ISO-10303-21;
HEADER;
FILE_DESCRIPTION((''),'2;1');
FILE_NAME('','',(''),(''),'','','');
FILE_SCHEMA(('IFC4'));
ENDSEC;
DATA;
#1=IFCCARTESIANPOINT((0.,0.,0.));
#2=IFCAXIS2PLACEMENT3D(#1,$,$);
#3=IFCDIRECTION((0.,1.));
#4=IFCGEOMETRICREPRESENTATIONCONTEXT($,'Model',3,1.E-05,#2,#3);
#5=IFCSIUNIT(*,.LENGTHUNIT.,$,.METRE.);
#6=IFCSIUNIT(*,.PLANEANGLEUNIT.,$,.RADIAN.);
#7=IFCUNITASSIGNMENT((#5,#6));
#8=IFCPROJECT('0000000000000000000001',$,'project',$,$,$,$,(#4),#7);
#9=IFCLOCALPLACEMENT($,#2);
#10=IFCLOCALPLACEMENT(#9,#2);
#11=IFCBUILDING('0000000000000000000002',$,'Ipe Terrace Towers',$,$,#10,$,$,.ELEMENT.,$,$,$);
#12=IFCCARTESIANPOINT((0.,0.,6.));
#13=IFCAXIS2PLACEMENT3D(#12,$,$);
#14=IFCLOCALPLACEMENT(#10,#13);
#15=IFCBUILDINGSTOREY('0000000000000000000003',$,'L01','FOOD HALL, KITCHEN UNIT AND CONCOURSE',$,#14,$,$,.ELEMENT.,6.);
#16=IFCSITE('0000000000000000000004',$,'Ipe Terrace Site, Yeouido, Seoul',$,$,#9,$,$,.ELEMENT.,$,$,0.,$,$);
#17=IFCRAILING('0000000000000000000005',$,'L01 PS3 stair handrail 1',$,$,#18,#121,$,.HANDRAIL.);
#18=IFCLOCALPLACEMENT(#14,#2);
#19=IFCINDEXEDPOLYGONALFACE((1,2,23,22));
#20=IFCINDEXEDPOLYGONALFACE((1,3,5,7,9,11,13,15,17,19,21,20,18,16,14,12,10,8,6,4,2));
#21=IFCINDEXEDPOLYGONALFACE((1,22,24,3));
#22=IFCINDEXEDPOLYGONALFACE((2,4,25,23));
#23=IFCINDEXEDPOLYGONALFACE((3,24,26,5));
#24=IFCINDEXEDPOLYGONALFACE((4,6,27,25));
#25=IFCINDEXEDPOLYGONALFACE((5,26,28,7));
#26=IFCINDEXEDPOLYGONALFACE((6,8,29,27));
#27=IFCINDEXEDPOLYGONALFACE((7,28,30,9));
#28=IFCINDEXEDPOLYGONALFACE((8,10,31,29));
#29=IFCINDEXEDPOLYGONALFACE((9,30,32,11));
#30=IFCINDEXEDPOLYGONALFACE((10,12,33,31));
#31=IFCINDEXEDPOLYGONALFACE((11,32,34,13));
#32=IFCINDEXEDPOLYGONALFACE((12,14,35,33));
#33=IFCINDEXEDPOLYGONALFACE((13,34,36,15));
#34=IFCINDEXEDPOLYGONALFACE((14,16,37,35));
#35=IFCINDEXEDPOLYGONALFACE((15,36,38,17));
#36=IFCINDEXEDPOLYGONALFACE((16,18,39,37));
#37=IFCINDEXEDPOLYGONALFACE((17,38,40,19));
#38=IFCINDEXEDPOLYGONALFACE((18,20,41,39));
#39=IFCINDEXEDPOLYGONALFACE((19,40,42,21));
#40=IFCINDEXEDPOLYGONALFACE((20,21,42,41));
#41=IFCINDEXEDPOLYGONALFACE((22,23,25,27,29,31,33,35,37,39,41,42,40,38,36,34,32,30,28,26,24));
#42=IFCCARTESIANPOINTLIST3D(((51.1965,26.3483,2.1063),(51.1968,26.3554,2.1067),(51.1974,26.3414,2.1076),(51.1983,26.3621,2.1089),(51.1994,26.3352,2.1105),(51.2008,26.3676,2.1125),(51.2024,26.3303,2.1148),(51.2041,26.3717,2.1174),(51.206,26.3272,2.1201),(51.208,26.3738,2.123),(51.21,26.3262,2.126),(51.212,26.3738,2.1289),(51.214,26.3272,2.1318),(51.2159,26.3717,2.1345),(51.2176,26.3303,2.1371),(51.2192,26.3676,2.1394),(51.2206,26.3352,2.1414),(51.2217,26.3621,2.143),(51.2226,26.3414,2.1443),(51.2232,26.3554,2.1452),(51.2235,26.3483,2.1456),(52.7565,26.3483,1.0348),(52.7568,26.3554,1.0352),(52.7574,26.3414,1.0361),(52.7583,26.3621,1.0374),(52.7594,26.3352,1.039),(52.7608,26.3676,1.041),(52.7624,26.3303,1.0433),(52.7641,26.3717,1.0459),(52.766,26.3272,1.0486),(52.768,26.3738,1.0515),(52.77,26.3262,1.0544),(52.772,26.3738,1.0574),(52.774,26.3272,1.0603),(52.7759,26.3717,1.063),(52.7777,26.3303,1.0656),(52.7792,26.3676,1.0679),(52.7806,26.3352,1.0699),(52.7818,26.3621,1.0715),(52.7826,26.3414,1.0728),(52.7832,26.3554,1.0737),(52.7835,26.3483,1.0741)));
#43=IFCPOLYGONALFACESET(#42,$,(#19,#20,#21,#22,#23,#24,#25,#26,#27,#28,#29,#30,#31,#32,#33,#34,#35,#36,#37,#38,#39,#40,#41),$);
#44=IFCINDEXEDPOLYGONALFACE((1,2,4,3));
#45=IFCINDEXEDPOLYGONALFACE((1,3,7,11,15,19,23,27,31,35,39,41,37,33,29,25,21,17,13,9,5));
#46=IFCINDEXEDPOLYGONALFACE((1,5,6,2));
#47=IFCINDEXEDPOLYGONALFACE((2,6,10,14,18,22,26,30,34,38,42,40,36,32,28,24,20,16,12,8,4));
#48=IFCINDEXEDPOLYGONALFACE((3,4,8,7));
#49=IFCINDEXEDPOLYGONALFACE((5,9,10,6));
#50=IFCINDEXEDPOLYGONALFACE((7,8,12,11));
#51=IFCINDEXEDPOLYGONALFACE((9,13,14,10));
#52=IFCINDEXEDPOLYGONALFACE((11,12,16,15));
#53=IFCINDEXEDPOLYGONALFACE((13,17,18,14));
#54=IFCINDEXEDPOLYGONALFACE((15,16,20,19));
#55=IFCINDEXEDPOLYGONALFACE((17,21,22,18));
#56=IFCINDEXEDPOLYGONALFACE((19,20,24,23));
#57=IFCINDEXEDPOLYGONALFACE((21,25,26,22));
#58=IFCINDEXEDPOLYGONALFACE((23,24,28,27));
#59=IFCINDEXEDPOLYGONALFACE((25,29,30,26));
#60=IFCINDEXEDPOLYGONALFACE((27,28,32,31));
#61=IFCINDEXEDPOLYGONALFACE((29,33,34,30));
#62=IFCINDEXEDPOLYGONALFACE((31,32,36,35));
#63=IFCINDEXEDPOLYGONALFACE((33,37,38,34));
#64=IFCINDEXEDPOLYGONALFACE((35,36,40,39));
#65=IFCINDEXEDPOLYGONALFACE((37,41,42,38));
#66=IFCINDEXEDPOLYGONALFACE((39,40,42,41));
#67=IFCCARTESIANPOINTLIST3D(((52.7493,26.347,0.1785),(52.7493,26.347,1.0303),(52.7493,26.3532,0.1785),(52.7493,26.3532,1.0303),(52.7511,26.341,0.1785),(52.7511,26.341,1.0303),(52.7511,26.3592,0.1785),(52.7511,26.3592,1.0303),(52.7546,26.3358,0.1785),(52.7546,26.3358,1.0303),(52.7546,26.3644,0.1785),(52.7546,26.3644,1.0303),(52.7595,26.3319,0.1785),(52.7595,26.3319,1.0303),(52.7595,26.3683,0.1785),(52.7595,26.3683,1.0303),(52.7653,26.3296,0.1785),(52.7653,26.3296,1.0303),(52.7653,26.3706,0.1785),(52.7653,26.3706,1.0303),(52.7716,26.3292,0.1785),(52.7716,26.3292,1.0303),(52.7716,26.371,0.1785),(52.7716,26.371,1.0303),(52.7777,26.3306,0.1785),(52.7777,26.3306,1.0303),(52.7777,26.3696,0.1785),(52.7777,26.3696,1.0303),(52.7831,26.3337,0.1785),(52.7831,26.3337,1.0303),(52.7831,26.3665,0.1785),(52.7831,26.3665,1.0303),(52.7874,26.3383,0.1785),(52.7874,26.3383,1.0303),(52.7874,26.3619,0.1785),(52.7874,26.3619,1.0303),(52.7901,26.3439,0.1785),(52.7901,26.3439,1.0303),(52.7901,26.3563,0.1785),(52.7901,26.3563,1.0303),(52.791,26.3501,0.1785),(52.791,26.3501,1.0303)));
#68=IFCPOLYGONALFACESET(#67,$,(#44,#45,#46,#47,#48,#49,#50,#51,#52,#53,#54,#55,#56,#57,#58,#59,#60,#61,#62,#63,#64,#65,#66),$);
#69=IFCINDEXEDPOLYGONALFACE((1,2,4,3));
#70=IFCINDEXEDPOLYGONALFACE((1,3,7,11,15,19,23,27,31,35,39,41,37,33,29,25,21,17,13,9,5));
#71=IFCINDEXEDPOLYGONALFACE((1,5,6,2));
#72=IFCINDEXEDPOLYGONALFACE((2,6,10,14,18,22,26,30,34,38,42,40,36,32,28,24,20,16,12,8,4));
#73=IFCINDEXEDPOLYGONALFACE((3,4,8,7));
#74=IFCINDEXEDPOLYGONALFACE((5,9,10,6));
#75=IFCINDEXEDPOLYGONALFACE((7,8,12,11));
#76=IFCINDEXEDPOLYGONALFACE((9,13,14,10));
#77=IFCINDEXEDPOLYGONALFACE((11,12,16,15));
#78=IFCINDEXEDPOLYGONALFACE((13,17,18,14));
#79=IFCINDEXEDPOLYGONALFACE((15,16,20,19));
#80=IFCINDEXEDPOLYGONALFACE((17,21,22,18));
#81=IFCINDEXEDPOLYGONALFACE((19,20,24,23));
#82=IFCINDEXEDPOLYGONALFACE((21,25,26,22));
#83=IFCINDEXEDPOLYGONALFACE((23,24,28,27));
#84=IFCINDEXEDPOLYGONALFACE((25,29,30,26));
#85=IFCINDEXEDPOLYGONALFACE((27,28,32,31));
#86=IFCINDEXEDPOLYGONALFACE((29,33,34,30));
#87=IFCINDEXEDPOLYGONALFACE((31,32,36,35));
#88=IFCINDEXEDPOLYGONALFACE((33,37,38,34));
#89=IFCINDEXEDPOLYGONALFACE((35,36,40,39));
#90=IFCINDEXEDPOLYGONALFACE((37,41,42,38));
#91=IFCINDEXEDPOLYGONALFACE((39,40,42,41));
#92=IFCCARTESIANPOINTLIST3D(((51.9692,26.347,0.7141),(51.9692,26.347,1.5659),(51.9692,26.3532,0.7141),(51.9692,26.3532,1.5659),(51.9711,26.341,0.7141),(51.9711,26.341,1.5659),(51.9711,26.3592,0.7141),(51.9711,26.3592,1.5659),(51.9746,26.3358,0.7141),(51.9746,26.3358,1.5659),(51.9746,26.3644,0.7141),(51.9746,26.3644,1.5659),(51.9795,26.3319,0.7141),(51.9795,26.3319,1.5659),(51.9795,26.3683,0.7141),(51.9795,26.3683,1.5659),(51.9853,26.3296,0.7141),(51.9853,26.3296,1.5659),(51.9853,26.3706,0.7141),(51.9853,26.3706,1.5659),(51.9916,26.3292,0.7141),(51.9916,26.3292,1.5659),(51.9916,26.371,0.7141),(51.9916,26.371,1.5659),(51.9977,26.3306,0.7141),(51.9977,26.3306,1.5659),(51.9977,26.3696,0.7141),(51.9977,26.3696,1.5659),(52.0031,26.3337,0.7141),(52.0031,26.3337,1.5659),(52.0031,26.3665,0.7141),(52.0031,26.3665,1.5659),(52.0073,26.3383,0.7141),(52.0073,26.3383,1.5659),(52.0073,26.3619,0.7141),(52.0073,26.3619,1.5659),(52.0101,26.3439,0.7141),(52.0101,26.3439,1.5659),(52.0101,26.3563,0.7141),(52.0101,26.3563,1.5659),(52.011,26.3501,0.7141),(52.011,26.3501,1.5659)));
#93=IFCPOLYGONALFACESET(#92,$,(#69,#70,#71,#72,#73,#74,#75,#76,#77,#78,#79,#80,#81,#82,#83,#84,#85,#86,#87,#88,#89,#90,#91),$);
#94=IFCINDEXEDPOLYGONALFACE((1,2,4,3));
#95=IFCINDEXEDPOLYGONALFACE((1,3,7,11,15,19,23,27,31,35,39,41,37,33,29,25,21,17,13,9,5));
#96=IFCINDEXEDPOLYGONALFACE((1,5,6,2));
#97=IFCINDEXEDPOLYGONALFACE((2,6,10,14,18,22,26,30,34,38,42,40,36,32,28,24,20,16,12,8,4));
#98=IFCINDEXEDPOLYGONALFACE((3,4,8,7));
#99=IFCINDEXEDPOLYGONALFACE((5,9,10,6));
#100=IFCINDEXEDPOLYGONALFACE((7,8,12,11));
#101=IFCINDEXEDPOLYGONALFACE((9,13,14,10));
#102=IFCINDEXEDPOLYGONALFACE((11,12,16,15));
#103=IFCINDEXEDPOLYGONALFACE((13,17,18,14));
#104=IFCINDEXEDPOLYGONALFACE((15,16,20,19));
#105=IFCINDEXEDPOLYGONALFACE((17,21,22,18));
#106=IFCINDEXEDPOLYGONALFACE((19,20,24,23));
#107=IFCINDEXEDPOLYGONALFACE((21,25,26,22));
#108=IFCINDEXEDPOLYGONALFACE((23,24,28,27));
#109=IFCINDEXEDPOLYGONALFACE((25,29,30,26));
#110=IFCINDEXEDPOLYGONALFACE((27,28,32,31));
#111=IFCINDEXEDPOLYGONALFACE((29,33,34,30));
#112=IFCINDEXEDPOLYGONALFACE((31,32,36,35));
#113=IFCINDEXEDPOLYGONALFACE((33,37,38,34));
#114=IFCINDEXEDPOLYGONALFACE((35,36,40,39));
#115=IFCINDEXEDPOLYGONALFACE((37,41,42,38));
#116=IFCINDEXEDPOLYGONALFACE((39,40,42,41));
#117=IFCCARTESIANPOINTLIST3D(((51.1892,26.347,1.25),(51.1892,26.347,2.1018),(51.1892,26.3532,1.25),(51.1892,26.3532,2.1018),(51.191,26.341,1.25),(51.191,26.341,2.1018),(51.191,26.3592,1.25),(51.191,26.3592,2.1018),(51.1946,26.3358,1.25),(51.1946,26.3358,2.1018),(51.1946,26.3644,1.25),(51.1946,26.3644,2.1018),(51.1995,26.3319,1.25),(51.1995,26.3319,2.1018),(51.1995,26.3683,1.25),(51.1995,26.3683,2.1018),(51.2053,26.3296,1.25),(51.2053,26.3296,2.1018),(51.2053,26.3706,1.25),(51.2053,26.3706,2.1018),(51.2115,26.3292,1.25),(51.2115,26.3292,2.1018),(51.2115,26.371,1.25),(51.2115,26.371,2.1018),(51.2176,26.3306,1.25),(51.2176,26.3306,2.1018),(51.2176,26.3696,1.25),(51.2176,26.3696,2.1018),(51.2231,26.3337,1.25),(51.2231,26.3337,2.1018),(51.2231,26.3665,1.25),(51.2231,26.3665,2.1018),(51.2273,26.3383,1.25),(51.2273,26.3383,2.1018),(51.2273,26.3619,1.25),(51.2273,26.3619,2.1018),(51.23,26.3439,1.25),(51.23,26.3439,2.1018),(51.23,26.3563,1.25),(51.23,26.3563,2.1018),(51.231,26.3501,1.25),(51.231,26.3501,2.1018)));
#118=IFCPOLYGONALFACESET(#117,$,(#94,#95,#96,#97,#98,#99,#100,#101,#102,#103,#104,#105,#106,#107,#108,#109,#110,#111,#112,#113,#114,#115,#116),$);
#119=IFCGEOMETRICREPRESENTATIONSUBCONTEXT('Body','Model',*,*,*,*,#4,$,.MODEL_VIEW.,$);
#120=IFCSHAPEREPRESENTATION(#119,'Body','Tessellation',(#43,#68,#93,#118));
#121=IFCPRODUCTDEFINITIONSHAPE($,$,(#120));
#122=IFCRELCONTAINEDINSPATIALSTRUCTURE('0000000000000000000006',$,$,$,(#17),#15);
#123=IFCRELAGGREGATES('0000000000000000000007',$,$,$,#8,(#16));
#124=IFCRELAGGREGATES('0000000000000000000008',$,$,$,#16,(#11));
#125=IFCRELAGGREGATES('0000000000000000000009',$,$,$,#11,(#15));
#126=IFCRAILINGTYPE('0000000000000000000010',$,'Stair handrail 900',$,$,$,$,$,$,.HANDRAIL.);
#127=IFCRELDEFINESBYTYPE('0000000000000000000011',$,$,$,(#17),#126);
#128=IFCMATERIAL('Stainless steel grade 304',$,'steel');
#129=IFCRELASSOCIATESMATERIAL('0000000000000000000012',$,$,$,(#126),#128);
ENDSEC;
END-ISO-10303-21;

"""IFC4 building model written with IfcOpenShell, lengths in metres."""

from ifc_helpers import new_model, si_unit, direction, frame, origin, origin_2d, place, context, subcontext, project, spatial, circle, extrude, material, type_object, element, save


model = new_model("IFC4")

# Units and contexts
model_context = context("Model", 3, precision=1e-05, world=origin(), true_north=direction((0.0, 1.0)))
body_context = subcontext(model_context, "Body", "Model", "MODEL_VIEW")
ifc_project = project(units=[si_unit("LENGTHUNIT", "METRE"), si_unit("PLANEANGLEUNIT", "RADIAN")], contexts=[model_context])

# Site, building, storey
site_placement = place(None, origin())
site = spatial("IfcSite", under=ifc_project, at=site_placement, Name="Ipe Terrace Site, Yeouido, Seoul", CompositionType="ELEMENT", RefElevation=0.0)
building_placement = place(site_placement, origin())
building = spatial("IfcBuilding", under=site, at=building_placement, Name="Ipe Terrace Towers", CompositionType="ELEMENT")
storey_placement = place(building_placement, frame((0.0, 0.0, 6.0)))
storey = spatial("IfcBuildingStorey", under=building, at=storey_placement, Name="L01", Description="FOOD HALL, KITCHEN UNIT AND CONCOURSE", CompositionType="ELEMENT", Elevation=6.0)

# Railing
ifc_material_1 = material(Name="Stainless steel grade 304", Category="steel")
railing_type_1 = type_object("IfcRailingType", Name="Stair handrail 900", PredefinedType="HANDRAIL", material=ifc_material_1)
railing_1_placement = place(storey_placement, frame((52.77, 26.3501, 0.1785)))
element("IfcRailing", 1, at=railing_1_placement, inside=storey, type_object=railing_type_1, Name="L01 PS3 stair handrail 1", PredefinedType="HANDRAIL", context=body_context, shape_type="SweptSolid", body=[
    extrude(circle(Radius=0.0239, at=origin_2d()), frame((0.0, 0.0, 0.876), z_axis=(-0.82429, 0.0, 0.566167), x_axis=(0.0, -1.0, 0.0)), (0.0, 0.0, 1.0), 1.8926),
    extrude(circle(Radius=0.021, at=origin_2d()), origin(), (0.0, 0.0, 1.0), 0.8518),
    extrude(circle(Radius=0.021, at=origin_2d()), frame((-0.78, 0.0, 0.5356)), (0.0, 0.0, 1.0), 0.8518),
    extrude(circle(Radius=0.021, at=origin_2d()), frame((-1.5601, 0.0, 1.0715)), (0.0, 0.0, 1.0), 0.8518),
])

save(model, "model.ifc")
